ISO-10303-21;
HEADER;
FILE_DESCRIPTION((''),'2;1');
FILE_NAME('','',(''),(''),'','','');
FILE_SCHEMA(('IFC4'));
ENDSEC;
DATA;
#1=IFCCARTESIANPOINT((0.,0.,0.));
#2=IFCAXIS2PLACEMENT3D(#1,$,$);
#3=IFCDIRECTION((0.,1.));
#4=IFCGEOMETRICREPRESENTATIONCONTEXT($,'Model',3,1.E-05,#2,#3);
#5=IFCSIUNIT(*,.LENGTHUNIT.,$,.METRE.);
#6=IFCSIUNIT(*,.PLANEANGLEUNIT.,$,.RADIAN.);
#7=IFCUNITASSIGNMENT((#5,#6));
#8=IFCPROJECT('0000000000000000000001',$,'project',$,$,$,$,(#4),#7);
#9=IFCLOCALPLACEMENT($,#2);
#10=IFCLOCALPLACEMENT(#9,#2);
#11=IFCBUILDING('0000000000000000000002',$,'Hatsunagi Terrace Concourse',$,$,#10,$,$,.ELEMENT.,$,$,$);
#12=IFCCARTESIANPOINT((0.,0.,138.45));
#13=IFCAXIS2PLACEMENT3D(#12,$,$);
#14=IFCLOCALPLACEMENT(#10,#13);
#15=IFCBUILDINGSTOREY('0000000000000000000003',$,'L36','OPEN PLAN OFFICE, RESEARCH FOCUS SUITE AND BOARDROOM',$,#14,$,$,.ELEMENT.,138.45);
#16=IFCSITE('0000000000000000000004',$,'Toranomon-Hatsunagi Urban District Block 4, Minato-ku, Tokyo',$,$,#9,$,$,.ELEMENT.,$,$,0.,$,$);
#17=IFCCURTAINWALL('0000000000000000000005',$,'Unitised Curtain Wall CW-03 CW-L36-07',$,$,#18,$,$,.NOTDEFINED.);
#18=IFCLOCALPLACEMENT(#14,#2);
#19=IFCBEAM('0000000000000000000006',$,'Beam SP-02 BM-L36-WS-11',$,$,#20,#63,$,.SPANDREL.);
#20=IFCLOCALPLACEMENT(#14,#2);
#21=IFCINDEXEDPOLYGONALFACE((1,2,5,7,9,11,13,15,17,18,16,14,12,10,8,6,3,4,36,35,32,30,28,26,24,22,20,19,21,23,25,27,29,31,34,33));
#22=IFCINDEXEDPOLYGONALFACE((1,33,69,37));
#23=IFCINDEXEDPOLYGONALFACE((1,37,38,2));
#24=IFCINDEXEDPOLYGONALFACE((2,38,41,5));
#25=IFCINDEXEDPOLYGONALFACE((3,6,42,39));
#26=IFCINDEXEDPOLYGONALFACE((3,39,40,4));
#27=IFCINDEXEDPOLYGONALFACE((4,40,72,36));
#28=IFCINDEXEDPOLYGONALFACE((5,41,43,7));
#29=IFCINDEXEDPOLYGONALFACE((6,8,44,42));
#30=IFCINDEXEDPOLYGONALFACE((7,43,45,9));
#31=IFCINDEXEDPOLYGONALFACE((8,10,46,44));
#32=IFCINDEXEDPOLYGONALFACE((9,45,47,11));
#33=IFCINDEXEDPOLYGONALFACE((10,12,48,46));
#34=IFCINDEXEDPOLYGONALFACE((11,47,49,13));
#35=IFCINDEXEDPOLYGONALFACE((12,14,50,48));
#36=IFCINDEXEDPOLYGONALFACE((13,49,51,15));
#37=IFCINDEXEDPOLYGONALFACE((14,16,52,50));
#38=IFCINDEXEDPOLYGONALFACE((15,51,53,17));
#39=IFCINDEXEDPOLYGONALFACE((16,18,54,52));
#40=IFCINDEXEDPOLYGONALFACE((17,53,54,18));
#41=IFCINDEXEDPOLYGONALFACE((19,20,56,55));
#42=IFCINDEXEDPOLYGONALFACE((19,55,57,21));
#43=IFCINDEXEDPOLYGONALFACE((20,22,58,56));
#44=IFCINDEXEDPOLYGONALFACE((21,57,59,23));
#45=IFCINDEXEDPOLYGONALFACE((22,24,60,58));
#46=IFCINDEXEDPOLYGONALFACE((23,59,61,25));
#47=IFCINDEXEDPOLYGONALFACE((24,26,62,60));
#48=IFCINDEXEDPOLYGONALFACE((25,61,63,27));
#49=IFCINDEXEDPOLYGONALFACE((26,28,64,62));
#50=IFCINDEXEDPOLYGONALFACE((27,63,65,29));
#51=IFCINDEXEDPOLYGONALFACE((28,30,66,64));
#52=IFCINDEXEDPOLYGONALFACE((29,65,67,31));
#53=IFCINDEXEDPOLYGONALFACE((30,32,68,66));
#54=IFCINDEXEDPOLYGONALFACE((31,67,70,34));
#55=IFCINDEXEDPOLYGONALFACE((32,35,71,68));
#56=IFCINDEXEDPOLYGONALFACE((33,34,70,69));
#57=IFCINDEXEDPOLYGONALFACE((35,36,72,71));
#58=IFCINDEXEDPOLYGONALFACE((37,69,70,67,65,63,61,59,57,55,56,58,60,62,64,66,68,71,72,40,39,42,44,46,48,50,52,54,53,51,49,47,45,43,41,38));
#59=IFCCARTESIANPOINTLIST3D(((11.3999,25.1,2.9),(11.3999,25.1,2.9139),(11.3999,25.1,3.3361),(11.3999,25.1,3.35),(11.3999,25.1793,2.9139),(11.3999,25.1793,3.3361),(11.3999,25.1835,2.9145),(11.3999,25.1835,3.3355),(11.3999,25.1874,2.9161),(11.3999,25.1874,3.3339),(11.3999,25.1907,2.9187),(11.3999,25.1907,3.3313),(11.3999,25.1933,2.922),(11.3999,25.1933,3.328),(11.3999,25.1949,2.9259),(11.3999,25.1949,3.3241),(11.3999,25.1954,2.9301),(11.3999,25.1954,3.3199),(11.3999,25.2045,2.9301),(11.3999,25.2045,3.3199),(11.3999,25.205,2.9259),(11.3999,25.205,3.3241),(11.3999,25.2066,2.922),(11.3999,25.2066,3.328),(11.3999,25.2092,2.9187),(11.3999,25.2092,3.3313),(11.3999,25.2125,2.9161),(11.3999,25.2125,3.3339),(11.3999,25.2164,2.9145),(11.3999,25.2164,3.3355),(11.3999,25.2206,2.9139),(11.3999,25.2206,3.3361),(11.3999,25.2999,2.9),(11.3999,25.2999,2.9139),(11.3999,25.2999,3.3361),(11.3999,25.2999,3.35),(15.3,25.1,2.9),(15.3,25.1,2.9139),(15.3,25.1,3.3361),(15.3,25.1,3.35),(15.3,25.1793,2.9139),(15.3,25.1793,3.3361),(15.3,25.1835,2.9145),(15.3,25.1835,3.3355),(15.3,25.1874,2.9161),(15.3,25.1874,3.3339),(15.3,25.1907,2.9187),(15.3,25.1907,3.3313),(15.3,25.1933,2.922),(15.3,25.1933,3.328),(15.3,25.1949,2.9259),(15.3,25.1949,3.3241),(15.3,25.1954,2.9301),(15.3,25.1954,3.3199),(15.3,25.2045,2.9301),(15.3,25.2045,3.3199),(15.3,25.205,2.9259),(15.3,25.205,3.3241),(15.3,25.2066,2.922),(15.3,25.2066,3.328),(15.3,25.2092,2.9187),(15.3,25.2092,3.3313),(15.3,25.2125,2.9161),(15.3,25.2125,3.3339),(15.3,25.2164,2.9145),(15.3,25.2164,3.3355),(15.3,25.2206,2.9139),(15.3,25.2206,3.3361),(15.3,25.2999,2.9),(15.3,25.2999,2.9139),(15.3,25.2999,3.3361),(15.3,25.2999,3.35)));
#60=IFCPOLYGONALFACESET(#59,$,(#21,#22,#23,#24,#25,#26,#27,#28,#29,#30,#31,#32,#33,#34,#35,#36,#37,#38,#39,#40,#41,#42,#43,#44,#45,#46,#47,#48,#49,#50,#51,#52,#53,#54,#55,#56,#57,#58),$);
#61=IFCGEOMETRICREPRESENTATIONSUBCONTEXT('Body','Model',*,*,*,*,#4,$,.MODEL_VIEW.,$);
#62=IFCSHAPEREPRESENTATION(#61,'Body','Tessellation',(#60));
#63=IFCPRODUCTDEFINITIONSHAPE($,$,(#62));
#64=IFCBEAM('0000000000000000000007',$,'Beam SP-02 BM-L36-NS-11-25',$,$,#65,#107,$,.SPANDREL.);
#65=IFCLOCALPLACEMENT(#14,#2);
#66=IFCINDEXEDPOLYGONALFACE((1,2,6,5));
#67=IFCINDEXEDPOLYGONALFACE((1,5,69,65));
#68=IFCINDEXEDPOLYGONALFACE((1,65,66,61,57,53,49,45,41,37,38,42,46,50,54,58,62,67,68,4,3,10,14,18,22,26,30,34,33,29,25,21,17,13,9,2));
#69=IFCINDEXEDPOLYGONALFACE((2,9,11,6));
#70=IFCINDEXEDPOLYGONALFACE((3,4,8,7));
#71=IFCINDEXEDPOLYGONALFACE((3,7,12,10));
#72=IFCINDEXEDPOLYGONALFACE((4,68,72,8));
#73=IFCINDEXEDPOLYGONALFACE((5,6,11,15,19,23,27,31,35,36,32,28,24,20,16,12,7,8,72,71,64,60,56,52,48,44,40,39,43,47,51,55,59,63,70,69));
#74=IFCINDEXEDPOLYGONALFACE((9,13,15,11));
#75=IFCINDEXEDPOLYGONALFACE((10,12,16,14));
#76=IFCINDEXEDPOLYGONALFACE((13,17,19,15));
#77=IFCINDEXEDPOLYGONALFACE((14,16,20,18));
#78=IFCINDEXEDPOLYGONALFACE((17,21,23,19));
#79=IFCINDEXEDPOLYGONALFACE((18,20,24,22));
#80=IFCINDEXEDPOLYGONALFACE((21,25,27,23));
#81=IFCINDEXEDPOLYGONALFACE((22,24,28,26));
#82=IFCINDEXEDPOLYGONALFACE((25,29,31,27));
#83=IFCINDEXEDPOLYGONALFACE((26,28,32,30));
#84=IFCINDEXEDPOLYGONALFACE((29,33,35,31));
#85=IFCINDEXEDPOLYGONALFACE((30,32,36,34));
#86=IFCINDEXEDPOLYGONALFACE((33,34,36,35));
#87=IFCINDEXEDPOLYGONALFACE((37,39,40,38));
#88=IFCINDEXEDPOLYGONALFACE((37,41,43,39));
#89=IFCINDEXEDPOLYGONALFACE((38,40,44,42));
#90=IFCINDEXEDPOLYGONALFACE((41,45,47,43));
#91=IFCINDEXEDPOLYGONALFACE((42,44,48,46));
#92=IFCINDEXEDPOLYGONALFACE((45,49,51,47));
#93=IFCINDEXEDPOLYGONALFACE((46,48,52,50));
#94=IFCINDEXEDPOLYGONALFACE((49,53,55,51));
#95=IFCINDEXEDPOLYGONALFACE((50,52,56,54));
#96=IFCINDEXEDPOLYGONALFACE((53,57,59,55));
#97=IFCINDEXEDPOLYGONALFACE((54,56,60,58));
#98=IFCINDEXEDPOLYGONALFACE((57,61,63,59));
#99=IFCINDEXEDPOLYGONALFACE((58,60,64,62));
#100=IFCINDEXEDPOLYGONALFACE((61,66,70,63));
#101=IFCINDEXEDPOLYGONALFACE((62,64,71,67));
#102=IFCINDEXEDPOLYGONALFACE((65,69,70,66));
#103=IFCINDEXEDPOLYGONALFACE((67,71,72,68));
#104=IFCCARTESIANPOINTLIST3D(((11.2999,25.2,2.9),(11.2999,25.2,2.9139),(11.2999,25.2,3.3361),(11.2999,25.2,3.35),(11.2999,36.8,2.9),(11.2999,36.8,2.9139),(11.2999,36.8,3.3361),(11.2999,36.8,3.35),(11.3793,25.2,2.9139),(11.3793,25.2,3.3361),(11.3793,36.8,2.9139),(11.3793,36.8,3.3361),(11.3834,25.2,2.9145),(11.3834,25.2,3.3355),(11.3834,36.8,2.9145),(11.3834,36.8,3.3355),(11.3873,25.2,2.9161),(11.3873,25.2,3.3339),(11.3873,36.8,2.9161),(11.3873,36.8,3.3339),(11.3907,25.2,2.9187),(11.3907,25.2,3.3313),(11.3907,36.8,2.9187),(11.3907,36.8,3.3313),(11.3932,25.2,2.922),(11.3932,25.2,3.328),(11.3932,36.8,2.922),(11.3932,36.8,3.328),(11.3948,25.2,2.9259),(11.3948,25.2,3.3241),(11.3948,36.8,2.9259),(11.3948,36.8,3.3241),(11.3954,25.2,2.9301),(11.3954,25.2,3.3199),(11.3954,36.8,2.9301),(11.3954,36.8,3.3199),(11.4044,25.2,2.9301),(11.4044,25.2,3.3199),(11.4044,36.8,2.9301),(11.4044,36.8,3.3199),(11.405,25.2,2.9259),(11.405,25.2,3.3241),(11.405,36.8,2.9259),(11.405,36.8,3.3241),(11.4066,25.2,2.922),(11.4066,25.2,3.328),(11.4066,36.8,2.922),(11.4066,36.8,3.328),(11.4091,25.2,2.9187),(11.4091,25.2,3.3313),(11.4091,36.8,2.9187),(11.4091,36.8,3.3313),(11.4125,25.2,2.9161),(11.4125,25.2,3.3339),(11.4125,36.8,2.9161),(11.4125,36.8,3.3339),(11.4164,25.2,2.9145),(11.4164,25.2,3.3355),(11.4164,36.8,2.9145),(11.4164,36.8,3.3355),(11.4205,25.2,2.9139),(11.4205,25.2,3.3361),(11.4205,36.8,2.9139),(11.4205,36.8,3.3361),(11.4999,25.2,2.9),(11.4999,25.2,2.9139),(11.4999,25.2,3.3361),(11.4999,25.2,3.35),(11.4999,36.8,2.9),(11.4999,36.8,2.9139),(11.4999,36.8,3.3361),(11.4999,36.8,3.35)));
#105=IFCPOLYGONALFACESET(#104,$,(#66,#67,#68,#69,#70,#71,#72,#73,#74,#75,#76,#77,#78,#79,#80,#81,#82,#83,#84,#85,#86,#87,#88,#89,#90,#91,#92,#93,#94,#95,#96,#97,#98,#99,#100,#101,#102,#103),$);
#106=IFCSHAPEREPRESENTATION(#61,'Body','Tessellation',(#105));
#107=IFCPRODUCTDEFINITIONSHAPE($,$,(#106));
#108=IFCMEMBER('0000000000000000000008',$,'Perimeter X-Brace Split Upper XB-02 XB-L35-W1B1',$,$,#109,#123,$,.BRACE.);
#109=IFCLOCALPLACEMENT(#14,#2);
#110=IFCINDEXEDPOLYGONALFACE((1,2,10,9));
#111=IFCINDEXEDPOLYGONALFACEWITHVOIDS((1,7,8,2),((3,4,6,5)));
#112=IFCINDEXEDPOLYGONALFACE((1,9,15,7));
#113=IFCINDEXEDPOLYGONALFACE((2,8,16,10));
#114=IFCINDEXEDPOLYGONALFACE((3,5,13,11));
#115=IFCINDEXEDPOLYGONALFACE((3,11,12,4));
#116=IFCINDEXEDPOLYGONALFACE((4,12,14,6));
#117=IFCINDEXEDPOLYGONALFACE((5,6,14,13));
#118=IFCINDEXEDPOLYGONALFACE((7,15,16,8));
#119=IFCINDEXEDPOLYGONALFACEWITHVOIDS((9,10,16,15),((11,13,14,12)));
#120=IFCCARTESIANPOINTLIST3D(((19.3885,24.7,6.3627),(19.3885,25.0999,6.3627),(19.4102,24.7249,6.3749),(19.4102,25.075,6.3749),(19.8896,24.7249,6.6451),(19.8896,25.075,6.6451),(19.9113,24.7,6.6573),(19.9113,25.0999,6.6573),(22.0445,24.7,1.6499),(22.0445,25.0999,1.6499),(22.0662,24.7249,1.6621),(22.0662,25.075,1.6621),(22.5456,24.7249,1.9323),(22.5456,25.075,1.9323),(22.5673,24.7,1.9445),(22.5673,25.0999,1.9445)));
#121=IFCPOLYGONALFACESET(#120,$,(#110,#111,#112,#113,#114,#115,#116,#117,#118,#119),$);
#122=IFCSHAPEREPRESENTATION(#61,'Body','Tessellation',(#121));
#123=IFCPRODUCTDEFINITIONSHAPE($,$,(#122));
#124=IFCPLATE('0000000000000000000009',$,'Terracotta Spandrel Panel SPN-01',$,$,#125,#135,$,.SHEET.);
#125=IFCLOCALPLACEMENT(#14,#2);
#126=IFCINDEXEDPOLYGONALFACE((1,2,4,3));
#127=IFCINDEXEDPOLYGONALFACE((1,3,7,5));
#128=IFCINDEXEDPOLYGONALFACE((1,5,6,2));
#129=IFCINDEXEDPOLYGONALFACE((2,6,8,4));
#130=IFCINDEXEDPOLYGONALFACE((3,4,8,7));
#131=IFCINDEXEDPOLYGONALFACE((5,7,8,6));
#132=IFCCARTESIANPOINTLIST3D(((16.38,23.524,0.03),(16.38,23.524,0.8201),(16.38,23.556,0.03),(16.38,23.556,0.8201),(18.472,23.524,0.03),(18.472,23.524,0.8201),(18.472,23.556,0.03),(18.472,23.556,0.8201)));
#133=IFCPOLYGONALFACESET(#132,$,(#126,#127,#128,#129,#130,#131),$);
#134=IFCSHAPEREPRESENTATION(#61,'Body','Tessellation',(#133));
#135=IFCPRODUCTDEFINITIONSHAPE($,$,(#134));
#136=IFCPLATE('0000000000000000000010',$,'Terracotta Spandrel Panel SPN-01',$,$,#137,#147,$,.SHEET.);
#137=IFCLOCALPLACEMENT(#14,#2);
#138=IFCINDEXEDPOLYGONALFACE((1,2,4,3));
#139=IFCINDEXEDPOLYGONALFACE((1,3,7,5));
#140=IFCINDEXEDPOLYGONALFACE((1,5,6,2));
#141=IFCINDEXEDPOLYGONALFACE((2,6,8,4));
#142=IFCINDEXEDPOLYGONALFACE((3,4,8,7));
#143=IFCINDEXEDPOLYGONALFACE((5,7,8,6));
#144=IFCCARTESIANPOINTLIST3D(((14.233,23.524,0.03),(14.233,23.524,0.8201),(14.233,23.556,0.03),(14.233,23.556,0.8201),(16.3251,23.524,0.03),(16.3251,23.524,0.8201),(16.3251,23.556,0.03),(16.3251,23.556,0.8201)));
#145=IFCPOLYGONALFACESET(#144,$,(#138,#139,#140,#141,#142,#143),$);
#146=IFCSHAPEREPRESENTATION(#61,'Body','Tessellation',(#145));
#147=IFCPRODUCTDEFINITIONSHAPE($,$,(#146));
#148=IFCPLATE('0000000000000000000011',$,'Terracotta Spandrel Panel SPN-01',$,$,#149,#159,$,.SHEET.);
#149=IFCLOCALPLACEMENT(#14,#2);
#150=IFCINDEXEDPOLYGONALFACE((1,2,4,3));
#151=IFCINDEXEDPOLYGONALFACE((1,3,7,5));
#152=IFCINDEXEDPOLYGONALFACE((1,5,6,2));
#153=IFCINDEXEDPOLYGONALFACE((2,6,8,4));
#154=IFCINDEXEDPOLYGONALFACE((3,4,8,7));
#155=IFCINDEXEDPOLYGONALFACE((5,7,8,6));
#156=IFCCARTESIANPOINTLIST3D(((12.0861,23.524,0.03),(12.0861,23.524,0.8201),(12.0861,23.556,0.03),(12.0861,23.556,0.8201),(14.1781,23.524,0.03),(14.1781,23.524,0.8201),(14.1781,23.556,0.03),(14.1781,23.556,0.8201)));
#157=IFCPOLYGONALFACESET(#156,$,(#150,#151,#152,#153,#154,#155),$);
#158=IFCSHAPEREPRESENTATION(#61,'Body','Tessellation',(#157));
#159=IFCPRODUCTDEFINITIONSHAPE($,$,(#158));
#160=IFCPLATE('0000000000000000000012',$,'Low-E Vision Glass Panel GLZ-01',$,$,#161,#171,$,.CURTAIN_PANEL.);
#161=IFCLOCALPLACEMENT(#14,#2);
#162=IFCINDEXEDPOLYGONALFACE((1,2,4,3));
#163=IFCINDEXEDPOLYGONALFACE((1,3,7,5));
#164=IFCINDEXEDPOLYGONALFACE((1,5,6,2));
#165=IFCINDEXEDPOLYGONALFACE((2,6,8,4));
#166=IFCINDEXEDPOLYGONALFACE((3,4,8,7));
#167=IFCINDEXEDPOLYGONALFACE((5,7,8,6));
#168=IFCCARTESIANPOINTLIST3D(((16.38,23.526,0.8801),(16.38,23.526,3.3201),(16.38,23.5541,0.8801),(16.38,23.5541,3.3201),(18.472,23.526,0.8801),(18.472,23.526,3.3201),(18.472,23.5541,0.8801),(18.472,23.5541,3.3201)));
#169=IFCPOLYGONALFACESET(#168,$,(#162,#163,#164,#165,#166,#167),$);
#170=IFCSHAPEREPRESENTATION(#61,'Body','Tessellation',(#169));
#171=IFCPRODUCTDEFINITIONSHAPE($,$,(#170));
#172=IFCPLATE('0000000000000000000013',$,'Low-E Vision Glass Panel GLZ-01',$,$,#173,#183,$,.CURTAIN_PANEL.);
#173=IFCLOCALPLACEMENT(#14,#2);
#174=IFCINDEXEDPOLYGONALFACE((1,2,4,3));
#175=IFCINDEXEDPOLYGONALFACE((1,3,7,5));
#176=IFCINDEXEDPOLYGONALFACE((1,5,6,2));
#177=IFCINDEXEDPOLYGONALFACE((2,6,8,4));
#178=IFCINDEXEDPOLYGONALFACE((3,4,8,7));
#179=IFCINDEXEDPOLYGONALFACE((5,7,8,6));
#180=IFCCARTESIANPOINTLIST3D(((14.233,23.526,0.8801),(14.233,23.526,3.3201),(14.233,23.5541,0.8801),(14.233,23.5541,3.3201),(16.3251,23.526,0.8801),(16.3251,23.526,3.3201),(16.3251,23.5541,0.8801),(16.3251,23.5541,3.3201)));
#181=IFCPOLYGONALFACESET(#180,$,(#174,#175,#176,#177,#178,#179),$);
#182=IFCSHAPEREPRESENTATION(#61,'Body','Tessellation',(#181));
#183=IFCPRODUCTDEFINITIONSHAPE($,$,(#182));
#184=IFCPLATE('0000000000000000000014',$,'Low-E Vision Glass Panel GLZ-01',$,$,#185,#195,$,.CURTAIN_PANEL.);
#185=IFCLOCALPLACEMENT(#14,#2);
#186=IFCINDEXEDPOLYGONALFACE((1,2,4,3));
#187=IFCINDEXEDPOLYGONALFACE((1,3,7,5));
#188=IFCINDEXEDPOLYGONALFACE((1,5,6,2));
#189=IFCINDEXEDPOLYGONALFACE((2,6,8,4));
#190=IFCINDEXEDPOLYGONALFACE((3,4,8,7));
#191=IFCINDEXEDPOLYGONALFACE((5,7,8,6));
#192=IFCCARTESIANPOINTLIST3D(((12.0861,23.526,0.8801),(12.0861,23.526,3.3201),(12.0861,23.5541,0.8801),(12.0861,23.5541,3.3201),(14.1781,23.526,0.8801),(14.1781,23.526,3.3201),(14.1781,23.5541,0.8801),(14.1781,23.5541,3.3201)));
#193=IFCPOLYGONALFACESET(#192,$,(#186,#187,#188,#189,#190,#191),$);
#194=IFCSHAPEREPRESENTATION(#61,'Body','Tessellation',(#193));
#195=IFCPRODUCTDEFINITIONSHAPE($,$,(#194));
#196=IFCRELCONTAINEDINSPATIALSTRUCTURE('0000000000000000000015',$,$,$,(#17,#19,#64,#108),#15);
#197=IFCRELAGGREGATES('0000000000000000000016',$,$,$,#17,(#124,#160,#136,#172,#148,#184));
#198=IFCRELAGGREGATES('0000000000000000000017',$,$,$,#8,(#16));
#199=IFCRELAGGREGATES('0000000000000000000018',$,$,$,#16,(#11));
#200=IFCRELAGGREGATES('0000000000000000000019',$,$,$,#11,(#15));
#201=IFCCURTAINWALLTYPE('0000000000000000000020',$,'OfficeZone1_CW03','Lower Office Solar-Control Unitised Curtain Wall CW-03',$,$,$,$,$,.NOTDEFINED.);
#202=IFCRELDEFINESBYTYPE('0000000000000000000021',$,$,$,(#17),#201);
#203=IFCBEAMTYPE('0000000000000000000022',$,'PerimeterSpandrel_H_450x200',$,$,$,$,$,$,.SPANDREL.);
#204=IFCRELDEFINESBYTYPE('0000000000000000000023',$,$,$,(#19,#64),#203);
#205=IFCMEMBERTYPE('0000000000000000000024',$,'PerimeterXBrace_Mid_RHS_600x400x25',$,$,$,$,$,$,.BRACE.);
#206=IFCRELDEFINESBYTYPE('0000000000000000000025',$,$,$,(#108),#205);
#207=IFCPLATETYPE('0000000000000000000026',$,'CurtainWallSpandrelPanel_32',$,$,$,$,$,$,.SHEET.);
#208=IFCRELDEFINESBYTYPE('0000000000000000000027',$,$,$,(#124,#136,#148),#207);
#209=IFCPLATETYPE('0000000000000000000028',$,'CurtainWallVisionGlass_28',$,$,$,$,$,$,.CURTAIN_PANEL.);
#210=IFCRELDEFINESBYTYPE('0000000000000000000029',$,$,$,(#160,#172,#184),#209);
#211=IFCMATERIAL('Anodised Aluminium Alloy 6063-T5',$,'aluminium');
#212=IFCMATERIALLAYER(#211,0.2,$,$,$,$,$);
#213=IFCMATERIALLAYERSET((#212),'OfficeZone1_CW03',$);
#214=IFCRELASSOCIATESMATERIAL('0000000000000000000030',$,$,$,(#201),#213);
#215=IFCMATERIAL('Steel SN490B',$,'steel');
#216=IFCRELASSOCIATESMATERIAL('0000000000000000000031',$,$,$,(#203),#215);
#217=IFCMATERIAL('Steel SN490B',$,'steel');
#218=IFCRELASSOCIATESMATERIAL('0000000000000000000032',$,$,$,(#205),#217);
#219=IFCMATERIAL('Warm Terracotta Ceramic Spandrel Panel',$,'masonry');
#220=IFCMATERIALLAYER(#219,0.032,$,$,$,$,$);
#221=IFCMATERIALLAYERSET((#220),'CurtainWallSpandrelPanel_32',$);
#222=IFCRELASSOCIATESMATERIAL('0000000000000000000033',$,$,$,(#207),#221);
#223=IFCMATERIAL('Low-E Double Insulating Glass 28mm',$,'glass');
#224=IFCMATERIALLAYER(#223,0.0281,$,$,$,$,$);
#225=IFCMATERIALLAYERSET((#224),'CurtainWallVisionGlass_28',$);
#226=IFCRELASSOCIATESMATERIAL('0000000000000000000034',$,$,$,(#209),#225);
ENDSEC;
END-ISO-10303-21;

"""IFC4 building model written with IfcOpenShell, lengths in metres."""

from ifc_helpers import new_model, si_unit, direction, frame, origin, origin_2d, place, context, subcontext, project, spatial, rectangle, hollow_rectangle, i_section, extrude, material, layer, layer_set, material_profile, profile_set, type_object, element, aggregate, save


model = new_model("IFC4")

# Units and contexts
model_context = context("Model", 3, precision=1e-05, world=origin(), true_north=direction((0.0, 1.0)))
body_context = subcontext(model_context, "Body", "Model", "MODEL_VIEW")
ifc_project = project(units=[si_unit("LENGTHUNIT", "METRE"), si_unit("PLANEANGLEUNIT", "RADIAN")], contexts=[model_context])

# Site, building, storey
site_placement = place(None, origin())
site = spatial("IfcSite", under=ifc_project, at=site_placement, Name="Toranomon-Hatsunagi Urban District Block 4, Minato-ku, Tokyo", CompositionType="ELEMENT", RefElevation=0.0)
building_placement = place(site_placement, origin())
building = spatial("IfcBuilding", under=site, at=building_placement, Name="Hatsunagi Terrace Concourse", CompositionType="ELEMENT")
storey_placement = place(building_placement, frame((0.0, 0.0, 138.45)))
storey = spatial("IfcBuildingStorey", under=building, at=storey_placement, Name="L36", Description="OPEN PLAN OFFICE, RESEARCH FOCUS SUITE AND BOARDROOM", CompositionType="ELEMENT", Elevation=138.45)

# Curtain wall
ifc_material_1 = material(Name="Anodised Aluminium Alloy 6063-T5", Category="aluminium")
ifc_layer_1 = layer(ifc_material_1, 0.2)
ifc_layer_set_1 = layer_set([ifc_layer_1], Name="OfficeZone1_CW03")
curtain_wall_type = type_object("IfcCurtainWallType", Name="OfficeZone1_CW03", Description="Lower Office Solar-Control Unitised Curtain Wall CW-03", PredefinedType="NOTDEFINED", material=ifc_layer_set_1)
curtain_wall_placement = place(storey_placement, origin())
curtain_wall = element("IfcCurtainWall", 1, at=curtain_wall_placement, inside=storey, type_object=curtain_wall_type, Name="Unitised Curtain Wall CW-03 CW-L36-07", PredefinedType="NOTDEFINED")

# Beams
ifc_material_2 = material(Name="Steel SN490B", Category="steel")
ifc_material_profile_1 = material_profile(ifc_material_2, i_section(OverallWidth=0.2, OverallDepth=0.45, WebThickness=0.009, FlangeThickness=0.0139, FilletRadius=0.0161, at=origin_2d()), Name="H-450x200x9x14")
ifc_profile_set_1 = profile_set([ifc_material_profile_1], Name="Steel SN490B")
beam_type = type_object("IfcBeamType", Name="PerimeterSpandrel_H_450x200", PredefinedType="SPANDREL", material=ifc_profile_set_1)
beam_1_placement = place(storey_placement, frame((11.3999, 25.2, 3.125), z_axis=(1.0, 0.0, 0.0), x_axis=(0.0, 1.0, 0.0)))
element("IfcBeam", 2, at=beam_1_placement, inside=storey, type_object=beam_type, Name="Beam SP-02 BM-L36-WS-11", PredefinedType="SPANDREL", context=body_context, shape_type="SweptSolid", body=[
    extrude(i_section(OverallWidth=0.2, OverallDepth=0.45, WebThickness=0.009, FlangeThickness=0.0139, FilletRadius=0.0161, at=origin_2d()), origin(), (0.0, 0.0, 1.0), 3.9001),
])
beam_2_placement = place(storey_placement, frame((11.3999, 25.2, 3.125), z_axis=(0.0, 1.0, 0.0), x_axis=(-1.0, 0.0, 0.0)))
element("IfcBeam", 3, at=beam_2_placement, inside=storey, type_object=beam_type, Name="Beam SP-02 BM-L36-NS-11-25", PredefinedType="SPANDREL", context=body_context, shape_type="SweptSolid", body=[
    extrude(i_section(OverallWidth=0.2, OverallDepth=0.45, WebThickness=0.009, FlangeThickness=0.0139, FilletRadius=0.0161, at=origin_2d()), origin(), (0.0, 0.0, 1.0), 11.6001),
])

# Member
ifc_material_3 = material(Name="Steel SN490B", Category="steel")
ifc_material_profile_2 = material_profile(ifc_material_3, hollow_rectangle(XDim=0.3999, YDim=0.6001, WallThickness=0.0249, at=origin_2d()), Name="RHS-600x400x25")
ifc_profile_set_2 = profile_set([ifc_material_profile_2], Name="Steel SN490B")
member_type_1 = type_object("IfcMemberType", Name="PerimeterXBrace_Mid_RHS_600x400x25", PredefinedType="BRACE", material=ifc_profile_set_2)
member_1_placement = place(storey_placement, frame((19.6499, 24.8999, 6.51), z_axis=(0.490964, 0.0, -0.87118), x_axis=(0.0, 1.0, 0.0)))
element("IfcMember", 4, at=member_1_placement, inside=storey, type_object=member_type_1, Name="Perimeter X-Brace Split Upper XB-02 XB-L35-W1B1", PredefinedType="BRACE", context=body_context, shape_type="SweptSolid", body=[
    extrude(hollow_rectangle(XDim=0.3999, YDim=0.6001, WallThickness=0.0249, at=origin_2d()), origin(), (0.0, 0.0, 1.0), 5.4097),
])

# Plates
ifc_material_4 = material(Name="Warm Terracotta Ceramic Spandrel Panel", Category="masonry")
ifc_layer_2 = layer(ifc_material_4, 0.032)
ifc_layer_set_2 = layer_set([ifc_layer_2], Name="CurtainWallSpandrelPanel_32")
plate_type_1 = type_object("IfcPlateType", Name="CurtainWallSpandrelPanel_32", PredefinedType="SHEET", material=ifc_layer_set_2)
plate_1_placement = place(storey_placement, frame((17.426, 23.54, 0.03), z_axis=(0.0, 0.0, 1.0), x_axis=(-1.0, 0.0, 0.0)))
plate_1 = element("IfcPlate", 5, at=plate_1_placement, type_object=plate_type_1, Name="Terracotta Spandrel Panel SPN-01", PredefinedType="SHEET", context=body_context, shape_type="SweptSolid", body=[
    extrude(rectangle(XDim=2.092, YDim=0.032, at=origin_2d()), origin(), (0.0, 0.0, 1.0), 0.79),
])
plate_2_placement = place(storey_placement, frame((15.2791, 23.54, 0.03), z_axis=(0.0, 0.0, 1.0), x_axis=(-1.0, 0.0, 0.0)))
plate_2 = element("IfcPlate", 6, at=plate_2_placement, type_object=plate_type_1, Name="Terracotta Spandrel Panel SPN-01", PredefinedType="SHEET", context=body_context, shape_type="SweptSolid", body=[
    extrude(rectangle(XDim=2.092, YDim=0.032, at=origin_2d()), origin(), (0.0, 0.0, 1.0), 0.79),
])
plate_3_placement = place(storey_placement, frame((13.1321, 23.54, 0.03), z_axis=(0.0, 0.0, 1.0), x_axis=(-1.0, 0.0, 0.0)))
plate_3 = element("IfcPlate", 7, at=plate_3_placement, type_object=plate_type_1, Name="Terracotta Spandrel Panel SPN-01", PredefinedType="SHEET", context=body_context, shape_type="SweptSolid", body=[
    extrude(rectangle(XDim=2.092, YDim=0.032, at=origin_2d()), origin(), (0.0, 0.0, 1.0), 0.79),
])
ifc_material_5 = material(Name="Low-E Double Insulating Glass 28mm", Category="glass")
ifc_layer_3 = layer(ifc_material_5, 0.0281)
ifc_layer_set_3 = layer_set([ifc_layer_3], Name="CurtainWallVisionGlass_28")
plate_type_2 = type_object("IfcPlateType", Name="CurtainWallVisionGlass_28", PredefinedType="CURTAIN_PANEL", material=ifc_layer_set_3)
plate_4_placement = place(storey_placement, frame((17.426, 23.54, 0.8801), z_axis=(0.0, 0.0, 1.0), x_axis=(-1.0, 0.0, 0.0)))
plate_4 = element("IfcPlate", 8, at=plate_4_placement, type_object=plate_type_2, Name="Low-E Vision Glass Panel GLZ-01", PredefinedType="CURTAIN_PANEL", context=body_context, shape_type="SweptSolid", body=[
    extrude(rectangle(XDim=2.092, YDim=0.0281, at=origin_2d()), origin(), (0.0, 0.0, 1.0), 2.4399),
])
plate_5_placement = place(storey_placement, frame((15.2791, 23.54, 0.8801), z_axis=(0.0, 0.0, 1.0), x_axis=(-1.0, 0.0, 0.0)))
plate_5 = element("IfcPlate", 9, at=plate_5_placement, type_object=plate_type_2, Name="Low-E Vision Glass Panel GLZ-01", PredefinedType="CURTAIN_PANEL", context=body_context, shape_type="SweptSolid", body=[
    extrude(rectangle(XDim=2.092, YDim=0.0281, at=origin_2d()), origin(), (0.0, 0.0, 1.0), 2.4399),
])
plate_6_placement = place(storey_placement, frame((13.1321, 23.54, 0.8801), z_axis=(0.0, 0.0, 1.0), x_axis=(-1.0, 0.0, 0.0)))
plate_6 = element("IfcPlate", 10, at=plate_6_placement, type_object=plate_type_2, Name="Low-E Vision Glass Panel GLZ-01", PredefinedType="CURTAIN_PANEL", context=body_context, shape_type="SweptSolid", body=[
    extrude(rectangle(XDim=2.092, YDim=0.0281, at=origin_2d()), origin(), (0.0, 0.0, 1.0), 2.4399),
])
aggregate(curtain_wall, [plate_1, plate_4, plate_2, plate_5, plate_3, plate_6])

save(model, "model.ifc")
